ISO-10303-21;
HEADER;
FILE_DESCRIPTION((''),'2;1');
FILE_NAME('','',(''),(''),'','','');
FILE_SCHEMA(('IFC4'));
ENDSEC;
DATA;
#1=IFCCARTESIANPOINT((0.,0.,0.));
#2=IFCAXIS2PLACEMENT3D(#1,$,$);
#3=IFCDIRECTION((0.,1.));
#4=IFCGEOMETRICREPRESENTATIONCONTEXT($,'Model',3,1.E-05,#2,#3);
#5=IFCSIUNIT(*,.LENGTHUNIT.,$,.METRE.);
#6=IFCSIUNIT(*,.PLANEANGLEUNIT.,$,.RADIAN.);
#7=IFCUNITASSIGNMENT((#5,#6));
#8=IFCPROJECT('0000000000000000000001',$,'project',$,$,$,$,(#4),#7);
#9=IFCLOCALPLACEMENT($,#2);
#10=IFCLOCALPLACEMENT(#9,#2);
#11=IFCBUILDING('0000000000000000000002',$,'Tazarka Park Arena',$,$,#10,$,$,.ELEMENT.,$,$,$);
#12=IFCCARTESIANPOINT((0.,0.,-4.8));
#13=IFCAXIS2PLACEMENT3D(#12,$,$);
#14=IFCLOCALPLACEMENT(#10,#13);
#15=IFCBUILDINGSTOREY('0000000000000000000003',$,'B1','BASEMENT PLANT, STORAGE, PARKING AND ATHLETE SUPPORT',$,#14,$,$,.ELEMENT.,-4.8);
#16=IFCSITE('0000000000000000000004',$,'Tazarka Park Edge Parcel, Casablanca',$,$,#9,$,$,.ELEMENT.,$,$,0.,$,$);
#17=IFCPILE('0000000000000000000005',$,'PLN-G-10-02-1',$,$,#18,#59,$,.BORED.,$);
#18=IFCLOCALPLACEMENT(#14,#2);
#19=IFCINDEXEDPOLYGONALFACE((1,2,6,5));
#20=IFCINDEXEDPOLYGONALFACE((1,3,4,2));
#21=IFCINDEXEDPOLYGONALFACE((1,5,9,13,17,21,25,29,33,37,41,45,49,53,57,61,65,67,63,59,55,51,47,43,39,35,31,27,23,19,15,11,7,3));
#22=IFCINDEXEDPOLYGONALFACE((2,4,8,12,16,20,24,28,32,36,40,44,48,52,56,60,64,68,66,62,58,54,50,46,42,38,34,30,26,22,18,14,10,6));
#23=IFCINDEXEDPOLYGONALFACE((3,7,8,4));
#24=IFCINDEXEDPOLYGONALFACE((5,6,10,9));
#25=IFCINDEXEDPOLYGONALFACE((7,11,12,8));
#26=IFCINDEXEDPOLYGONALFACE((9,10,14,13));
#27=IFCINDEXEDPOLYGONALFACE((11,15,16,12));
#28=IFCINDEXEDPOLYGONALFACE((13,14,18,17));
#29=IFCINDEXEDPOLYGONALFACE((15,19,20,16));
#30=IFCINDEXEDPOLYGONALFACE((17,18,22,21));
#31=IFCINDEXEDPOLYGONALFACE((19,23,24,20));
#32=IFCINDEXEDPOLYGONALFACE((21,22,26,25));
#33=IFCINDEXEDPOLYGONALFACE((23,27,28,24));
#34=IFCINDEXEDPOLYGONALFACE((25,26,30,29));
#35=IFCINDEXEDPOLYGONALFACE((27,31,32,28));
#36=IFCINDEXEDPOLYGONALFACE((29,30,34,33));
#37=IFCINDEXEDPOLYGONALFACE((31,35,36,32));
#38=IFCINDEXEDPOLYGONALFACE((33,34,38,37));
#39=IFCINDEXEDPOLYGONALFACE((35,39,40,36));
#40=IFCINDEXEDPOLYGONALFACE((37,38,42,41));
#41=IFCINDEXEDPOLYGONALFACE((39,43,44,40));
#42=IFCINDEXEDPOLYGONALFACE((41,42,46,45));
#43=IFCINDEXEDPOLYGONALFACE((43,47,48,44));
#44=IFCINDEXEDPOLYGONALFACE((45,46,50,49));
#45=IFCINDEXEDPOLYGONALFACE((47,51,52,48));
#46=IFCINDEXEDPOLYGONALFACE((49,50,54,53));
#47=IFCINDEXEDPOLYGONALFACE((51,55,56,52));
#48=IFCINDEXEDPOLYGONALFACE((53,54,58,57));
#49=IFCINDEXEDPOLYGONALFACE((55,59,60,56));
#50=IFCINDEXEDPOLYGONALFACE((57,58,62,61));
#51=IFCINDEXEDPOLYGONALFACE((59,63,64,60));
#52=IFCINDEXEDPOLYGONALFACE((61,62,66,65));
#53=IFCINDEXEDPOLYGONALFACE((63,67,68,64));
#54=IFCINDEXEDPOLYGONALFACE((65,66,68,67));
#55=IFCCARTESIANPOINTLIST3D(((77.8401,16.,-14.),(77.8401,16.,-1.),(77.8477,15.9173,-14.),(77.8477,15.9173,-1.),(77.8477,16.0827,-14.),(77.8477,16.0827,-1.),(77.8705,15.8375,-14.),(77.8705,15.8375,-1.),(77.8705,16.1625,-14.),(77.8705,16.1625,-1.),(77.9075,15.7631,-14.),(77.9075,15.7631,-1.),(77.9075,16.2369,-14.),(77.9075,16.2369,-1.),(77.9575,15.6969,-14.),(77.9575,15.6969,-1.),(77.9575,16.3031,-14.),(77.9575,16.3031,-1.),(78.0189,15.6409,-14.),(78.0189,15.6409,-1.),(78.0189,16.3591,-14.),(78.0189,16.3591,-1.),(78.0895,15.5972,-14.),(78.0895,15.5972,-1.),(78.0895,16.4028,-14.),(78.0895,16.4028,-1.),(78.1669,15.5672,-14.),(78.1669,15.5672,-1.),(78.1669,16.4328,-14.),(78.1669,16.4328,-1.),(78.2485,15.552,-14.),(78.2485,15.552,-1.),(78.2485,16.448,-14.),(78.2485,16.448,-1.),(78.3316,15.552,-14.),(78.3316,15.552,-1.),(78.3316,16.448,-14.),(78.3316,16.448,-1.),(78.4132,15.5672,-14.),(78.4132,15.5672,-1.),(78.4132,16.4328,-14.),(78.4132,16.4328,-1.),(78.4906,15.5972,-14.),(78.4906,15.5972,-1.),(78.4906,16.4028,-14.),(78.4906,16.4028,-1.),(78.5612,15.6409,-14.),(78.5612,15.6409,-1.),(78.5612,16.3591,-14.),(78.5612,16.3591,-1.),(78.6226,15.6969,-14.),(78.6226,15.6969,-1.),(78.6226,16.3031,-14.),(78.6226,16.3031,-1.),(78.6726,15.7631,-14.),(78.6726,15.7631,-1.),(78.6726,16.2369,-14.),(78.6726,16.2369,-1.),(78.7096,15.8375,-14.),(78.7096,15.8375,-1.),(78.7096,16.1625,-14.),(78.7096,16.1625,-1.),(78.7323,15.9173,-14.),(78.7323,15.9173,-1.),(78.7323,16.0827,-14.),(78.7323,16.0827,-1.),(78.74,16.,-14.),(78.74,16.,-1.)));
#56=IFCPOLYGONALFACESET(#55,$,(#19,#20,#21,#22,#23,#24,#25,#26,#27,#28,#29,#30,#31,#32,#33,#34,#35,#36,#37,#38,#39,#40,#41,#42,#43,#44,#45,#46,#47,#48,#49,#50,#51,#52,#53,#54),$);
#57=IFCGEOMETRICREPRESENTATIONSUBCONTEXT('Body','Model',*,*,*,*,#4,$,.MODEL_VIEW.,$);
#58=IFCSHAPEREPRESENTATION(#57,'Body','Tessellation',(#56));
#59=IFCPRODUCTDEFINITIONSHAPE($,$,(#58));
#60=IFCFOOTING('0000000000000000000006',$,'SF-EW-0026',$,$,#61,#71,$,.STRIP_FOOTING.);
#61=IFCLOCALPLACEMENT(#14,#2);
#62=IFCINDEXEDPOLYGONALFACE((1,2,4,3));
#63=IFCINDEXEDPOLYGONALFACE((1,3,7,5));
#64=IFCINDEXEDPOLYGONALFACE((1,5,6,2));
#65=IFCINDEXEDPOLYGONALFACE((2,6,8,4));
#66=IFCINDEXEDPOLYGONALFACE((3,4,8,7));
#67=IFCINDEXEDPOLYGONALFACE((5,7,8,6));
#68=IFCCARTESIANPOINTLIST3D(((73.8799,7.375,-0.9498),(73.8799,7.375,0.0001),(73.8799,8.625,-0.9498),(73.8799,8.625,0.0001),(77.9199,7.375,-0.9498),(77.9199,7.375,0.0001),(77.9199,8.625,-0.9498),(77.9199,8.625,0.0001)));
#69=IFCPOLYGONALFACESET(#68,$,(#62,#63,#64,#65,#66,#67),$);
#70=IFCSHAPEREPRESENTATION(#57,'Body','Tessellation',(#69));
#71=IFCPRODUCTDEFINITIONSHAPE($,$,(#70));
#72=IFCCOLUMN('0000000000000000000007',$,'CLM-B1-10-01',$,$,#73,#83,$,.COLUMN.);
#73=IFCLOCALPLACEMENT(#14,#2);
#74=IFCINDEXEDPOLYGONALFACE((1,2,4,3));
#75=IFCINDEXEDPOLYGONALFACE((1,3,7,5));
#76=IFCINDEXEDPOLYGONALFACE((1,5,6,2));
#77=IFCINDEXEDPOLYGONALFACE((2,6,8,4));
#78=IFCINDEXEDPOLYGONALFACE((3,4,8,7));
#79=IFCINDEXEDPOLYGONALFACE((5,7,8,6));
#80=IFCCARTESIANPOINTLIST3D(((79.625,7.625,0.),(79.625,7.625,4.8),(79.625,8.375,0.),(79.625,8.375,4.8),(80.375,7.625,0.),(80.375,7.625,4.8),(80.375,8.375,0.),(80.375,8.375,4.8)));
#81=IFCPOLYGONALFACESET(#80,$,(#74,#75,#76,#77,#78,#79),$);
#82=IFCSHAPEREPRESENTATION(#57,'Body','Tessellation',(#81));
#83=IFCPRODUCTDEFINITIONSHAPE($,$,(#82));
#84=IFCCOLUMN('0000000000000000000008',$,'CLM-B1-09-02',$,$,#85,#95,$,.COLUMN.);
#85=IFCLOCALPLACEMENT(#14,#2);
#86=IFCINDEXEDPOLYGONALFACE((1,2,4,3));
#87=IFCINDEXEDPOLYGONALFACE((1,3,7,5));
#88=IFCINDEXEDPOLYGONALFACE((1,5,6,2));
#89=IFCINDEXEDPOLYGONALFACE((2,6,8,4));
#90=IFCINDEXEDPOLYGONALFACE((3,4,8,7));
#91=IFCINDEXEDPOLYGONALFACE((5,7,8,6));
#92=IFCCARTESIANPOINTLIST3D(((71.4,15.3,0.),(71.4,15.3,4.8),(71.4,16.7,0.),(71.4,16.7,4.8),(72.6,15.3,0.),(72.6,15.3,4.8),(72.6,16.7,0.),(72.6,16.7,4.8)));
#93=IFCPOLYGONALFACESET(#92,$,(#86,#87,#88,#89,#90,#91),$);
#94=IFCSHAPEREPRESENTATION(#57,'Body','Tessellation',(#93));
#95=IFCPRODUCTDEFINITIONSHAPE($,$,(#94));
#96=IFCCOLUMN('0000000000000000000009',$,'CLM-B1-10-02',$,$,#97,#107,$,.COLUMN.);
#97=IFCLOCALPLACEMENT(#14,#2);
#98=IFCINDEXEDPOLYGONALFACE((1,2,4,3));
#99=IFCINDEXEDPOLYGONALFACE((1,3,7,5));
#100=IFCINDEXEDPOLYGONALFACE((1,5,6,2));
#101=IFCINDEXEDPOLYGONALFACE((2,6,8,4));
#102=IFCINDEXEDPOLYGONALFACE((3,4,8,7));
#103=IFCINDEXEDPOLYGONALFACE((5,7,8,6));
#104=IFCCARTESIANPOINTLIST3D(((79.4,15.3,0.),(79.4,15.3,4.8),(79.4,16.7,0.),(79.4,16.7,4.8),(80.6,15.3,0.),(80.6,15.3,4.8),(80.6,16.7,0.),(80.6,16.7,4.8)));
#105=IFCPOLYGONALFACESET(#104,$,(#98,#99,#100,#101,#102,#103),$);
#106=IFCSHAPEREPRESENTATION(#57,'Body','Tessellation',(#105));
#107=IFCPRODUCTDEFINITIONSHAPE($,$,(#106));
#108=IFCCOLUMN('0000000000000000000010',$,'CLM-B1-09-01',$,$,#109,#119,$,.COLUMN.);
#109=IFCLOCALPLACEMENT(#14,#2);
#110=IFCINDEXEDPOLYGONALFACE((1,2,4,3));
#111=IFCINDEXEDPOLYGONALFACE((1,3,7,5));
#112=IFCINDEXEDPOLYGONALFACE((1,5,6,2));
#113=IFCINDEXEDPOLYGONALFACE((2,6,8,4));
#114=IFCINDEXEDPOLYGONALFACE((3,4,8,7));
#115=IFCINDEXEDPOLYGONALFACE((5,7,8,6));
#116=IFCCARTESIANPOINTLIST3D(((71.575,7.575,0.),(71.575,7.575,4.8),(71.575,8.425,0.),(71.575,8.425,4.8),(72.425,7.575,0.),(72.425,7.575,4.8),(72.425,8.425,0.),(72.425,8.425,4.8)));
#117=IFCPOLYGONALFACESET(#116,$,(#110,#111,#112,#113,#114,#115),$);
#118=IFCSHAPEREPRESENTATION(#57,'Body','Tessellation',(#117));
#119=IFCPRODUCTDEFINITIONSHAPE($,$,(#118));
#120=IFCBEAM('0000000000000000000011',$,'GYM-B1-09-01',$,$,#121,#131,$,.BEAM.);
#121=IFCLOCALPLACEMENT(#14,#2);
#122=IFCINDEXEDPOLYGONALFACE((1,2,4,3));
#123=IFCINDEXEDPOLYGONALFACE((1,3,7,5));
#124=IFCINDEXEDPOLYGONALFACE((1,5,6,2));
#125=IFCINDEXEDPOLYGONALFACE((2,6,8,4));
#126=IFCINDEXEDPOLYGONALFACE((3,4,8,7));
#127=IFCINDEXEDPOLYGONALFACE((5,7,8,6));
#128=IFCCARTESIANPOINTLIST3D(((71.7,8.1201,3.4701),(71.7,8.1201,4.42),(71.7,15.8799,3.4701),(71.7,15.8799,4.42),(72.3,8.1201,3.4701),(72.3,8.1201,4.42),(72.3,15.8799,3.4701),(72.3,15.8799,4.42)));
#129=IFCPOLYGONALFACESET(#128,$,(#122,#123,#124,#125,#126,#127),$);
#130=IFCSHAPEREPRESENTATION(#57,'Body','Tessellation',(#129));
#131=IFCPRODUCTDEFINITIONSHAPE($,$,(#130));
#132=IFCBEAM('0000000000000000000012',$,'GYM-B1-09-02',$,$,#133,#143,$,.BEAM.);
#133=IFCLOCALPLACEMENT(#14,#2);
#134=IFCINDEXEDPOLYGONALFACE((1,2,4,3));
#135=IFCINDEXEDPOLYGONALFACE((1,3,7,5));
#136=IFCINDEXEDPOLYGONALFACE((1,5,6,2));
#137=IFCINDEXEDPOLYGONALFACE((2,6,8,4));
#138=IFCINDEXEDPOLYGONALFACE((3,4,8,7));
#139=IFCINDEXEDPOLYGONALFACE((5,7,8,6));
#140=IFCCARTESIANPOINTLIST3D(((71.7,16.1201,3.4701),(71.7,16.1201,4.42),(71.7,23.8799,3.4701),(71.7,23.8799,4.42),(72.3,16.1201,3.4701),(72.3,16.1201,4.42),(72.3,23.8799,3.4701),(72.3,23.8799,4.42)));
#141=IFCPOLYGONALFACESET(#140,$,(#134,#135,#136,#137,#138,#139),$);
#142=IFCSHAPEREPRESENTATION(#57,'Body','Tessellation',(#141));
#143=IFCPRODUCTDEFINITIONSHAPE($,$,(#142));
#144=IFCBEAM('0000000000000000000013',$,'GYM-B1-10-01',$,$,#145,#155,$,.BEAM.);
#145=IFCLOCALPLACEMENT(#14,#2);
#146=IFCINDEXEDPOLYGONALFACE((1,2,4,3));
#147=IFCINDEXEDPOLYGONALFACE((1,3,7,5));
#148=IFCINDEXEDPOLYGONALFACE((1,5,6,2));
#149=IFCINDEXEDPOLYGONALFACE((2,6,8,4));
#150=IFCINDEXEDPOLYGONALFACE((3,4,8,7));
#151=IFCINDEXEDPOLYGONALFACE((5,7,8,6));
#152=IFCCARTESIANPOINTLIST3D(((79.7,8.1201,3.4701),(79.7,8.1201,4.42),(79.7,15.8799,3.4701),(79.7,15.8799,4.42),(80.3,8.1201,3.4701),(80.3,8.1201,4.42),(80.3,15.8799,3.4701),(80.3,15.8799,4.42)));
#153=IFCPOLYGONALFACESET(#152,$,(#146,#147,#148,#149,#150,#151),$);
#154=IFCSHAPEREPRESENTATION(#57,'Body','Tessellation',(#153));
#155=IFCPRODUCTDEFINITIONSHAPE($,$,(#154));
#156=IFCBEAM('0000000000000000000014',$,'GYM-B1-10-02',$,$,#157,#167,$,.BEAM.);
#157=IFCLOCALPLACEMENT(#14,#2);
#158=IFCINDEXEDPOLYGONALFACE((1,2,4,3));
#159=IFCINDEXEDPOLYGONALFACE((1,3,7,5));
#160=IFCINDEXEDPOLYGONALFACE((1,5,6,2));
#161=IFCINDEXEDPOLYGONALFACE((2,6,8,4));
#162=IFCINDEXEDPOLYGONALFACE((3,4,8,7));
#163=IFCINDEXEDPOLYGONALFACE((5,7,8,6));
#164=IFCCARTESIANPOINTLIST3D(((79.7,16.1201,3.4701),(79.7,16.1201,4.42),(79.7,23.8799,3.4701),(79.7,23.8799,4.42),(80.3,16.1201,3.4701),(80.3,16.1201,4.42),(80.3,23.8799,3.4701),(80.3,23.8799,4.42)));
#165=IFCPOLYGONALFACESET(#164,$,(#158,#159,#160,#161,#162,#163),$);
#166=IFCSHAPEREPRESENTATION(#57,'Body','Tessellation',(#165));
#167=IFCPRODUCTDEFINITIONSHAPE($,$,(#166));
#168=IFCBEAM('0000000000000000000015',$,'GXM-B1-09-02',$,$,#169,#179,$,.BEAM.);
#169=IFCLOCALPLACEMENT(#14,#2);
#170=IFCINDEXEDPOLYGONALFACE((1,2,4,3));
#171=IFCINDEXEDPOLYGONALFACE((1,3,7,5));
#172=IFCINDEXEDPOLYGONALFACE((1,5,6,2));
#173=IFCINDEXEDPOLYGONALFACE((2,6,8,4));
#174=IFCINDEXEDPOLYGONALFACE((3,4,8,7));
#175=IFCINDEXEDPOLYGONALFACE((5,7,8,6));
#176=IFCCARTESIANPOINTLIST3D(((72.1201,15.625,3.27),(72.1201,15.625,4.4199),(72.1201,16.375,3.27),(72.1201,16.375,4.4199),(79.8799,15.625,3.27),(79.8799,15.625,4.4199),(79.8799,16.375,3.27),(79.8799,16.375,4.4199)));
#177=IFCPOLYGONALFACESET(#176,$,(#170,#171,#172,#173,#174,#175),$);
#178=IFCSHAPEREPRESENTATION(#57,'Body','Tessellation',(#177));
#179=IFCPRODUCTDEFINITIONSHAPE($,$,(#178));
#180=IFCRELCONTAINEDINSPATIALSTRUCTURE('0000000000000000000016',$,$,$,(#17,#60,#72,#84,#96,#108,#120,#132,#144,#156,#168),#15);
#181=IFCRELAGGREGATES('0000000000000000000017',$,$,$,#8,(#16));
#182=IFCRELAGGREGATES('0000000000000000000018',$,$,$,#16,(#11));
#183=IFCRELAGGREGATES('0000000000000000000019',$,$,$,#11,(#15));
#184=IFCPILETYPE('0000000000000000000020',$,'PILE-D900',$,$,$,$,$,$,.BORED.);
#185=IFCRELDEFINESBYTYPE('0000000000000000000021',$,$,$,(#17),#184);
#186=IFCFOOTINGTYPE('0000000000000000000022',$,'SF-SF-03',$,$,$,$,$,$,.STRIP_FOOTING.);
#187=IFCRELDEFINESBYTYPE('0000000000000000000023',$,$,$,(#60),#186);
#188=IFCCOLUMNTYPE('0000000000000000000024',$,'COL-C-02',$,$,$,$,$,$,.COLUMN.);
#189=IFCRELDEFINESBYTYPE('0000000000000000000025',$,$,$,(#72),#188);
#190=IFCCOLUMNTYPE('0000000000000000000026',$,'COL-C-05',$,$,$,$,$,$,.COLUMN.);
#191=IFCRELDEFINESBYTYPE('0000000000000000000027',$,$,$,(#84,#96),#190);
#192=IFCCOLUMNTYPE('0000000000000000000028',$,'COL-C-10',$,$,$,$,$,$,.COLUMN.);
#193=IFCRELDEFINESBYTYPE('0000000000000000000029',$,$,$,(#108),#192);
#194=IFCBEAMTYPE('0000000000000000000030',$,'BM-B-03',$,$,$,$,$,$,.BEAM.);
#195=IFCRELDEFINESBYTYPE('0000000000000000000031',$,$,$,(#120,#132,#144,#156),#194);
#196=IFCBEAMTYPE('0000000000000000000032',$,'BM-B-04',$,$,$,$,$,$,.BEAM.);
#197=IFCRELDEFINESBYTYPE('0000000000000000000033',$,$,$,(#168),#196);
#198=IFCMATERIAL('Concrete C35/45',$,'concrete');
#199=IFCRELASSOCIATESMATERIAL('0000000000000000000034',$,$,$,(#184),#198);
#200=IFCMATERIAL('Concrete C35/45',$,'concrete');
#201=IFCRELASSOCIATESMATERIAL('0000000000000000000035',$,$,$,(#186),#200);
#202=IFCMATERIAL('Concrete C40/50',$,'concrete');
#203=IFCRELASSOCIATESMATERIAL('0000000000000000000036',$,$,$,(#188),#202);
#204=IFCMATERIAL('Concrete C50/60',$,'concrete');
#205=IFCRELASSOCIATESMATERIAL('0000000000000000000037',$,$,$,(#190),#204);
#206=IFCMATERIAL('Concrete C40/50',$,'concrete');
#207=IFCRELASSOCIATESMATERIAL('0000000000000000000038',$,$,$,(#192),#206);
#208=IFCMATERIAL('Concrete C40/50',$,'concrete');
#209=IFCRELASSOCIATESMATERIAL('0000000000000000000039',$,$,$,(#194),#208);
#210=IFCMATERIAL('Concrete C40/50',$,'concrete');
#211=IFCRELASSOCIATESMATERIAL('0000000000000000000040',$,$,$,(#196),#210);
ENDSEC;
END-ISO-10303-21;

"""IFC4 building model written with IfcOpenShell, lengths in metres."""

from ifc_helpers import new_model, si_unit, direction, frame, origin, origin_2d, place, context, subcontext, project, spatial, rectangle, circle, extrude, material, material_profile, profile_set, type_object, element, save


model = new_model("IFC4")

# Units and contexts
model_context = context("Model", 3, precision=1e-05, world=origin(), true_north=direction((0.0, 1.0)))
body_context = subcontext(model_context, "Body", "Model", "MODEL_VIEW")
ifc_project = project(units=[si_unit("LENGTHUNIT", "METRE"), si_unit("PLANEANGLEUNIT", "RADIAN")], contexts=[model_context])

# Site, building, storey
site_placement = place(None, origin())
site = spatial("IfcSite", under=ifc_project, at=site_placement, Name="Tazarka Park Edge Parcel, Casablanca", CompositionType="ELEMENT", RefElevation=0.0)
building_placement = place(site_placement, origin())
building = spatial("IfcBuilding", under=site, at=building_placement, Name="Tazarka Park Arena", CompositionType="ELEMENT")
storey_placement = place(building_placement, frame((0.0, 0.0, -4.8)))
storey = spatial("IfcBuildingStorey", under=building, at=storey_placement, Name="B1", Description="BASEMENT PLANT, STORAGE, PARKING AND ATHLETE SUPPORT", CompositionType="ELEMENT", Elevation=-4.8)

# Pile
ifc_material_1 = material(Name="Concrete C35/45", Category="concrete")
ifc_material_profile_1 = material_profile(ifc_material_1, circle(Radius=0.45, at=origin_2d()), Name="Concrete C35/45")
ifc_profile_set_1 = profile_set([ifc_material_profile_1], Name="Concrete C35/45")
pile_type_1 = type_object("IfcPileType", Name="PILE-D900", PredefinedType="BORED", material=ifc_profile_set_1)
pile_placement = place(storey_placement, frame((78.29, 16.0, -1.0), z_axis=(0.0, 0.0, -1.0), x_axis=(1.0, 0.0, 0.0)))
element("IfcPile", 1, at=pile_placement, inside=storey, type_object=pile_type_1, Name="PLN-G-10-02-1", PredefinedType="BORED", context=body_context, shape_type="SweptSolid", body=[
    extrude(circle(Radius=0.45, at=origin_2d()), origin(), (0.0, 0.0, 1.0), 13.0),
])

# Footing
ifc_material_2 = material(Name="Concrete C35/45", Category="concrete")
ifc_material_profile_2 = material_profile(ifc_material_2, rectangle(XDim=1.25, YDim=0.95, at=origin_2d()), Name="Concrete C35/45")
ifc_profile_set_2 = profile_set([ifc_material_profile_2], Name="Concrete C35/45")
footing_type_1 = type_object("IfcFootingType", Name="SF-SF-03", PredefinedType="STRIP_FOOTING", material=ifc_profile_set_2)
footing_1_placement = place(storey_placement, frame((77.9199, 8.0, -0.4749), z_axis=(-1.0, 0.0, 0.0), x_axis=(0.0, -1.0, 0.0)))
element("IfcFooting", 2, at=footing_1_placement, inside=storey, type_object=footing_type_1, Name="SF-EW-0026", PredefinedType="STRIP_FOOTING", context=body_context, shape_type="SweptSolid", body=[
    extrude(rectangle(XDim=1.25, YDim=0.95, at=origin_2d()), origin(), (0.0, 0.0, 1.0), 4.04),
])

# Columns
ifc_material_3 = material(Name="Concrete C40/50", Category="concrete")
ifc_material_profile_3 = material_profile(ifc_material_3, rectangle(XDim=0.75, YDim=0.75, at=origin_2d()), Name="Concrete C40/50")
ifc_profile_set_3 = profile_set([ifc_material_profile_3], Name="Concrete C40/50")
column_type_1 = type_object("IfcColumnType", Name="COL-C-02", PredefinedType="COLUMN", material=ifc_profile_set_3)
column_1_placement = place(storey_placement, frame((80.0, 8.0, 0.0), z_axis=(0.0, 0.0, 1.0), x_axis=(1.0, 0.0, 0.0)))
element("IfcColumn", 3, at=column_1_placement, inside=storey, type_object=column_type_1, Name="CLM-B1-10-01", PredefinedType="COLUMN", context=body_context, shape_type="SweptSolid", body=[
    extrude(rectangle(XDim=0.75, YDim=0.75, at=origin_2d()), origin(), (0.0, 0.0, 1.0), 4.8),
])
ifc_material_4 = material(Name="Concrete C50/60", Category="concrete")
ifc_material_profile_4 = material_profile(ifc_material_4, rectangle(XDim=1.2, YDim=1.3999, at=origin_2d()), Name="Concrete C50/60")
ifc_profile_set_4 = profile_set([ifc_material_profile_4], Name="Concrete C50/60")
column_type_2 = type_object("IfcColumnType", Name="COL-C-05", PredefinedType="COLUMN", material=ifc_profile_set_4)
for number, where, z_axis, x_axis, name in (
    (4, (72.0, 16.0, 0.0), (0.0, 0.0, 1.0), (1.0, 0.0, 0.0), "CLM-B1-09-02"),
    (5, (80.0, 16.0, 0.0), (0.0, 0.0, 1.0), (1.0, 0.0, 0.0), "CLM-B1-10-02"),
):
    element("IfcColumn", number, at=place(storey_placement, frame(where, z_axis=z_axis, x_axis=x_axis)), inside=storey, type_object=column_type_2, Name=name, PredefinedType="COLUMN", context=body_context, shape_type="SweptSolid", body=[
        extrude(rectangle(XDim=1.2, YDim=1.3999, at=origin_2d()), origin(), (0.0, 0.0, 1.0), 4.8),
    ])
ifc_material_5 = material(Name="Concrete C40/50", Category="concrete")
ifc_material_profile_5 = material_profile(ifc_material_5, rectangle(XDim=0.8501, YDim=0.8501, at=origin_2d()), Name="Concrete C40/50")
ifc_profile_set_5 = profile_set([ifc_material_profile_5], Name="Concrete C40/50")
column_type_3 = type_object("IfcColumnType", Name="COL-C-10", PredefinedType="COLUMN", material=ifc_profile_set_5)
column_2_placement = place(storey_placement, frame((72.0, 8.0, 0.0), z_axis=(0.0, 0.0, 1.0), x_axis=(1.0, 0.0, 0.0)))
element("IfcColumn", 6, at=column_2_placement, inside=storey, type_object=column_type_3, Name="CLM-B1-09-01", PredefinedType="COLUMN", context=body_context, shape_type="SweptSolid", body=[
    extrude(rectangle(XDim=0.8501, YDim=0.8501, at=origin_2d()), origin(), (0.0, 0.0, 1.0), 4.8),
])

# Beams
ifc_material_6 = material(Name="Concrete C40/50", Category="concrete")
ifc_material_profile_6 = material_profile(ifc_material_6, rectangle(XDim=0.6001, YDim=0.95, at=origin_2d()), Name="Concrete C40/50")
ifc_profile_set_6 = profile_set([ifc_material_profile_6], Name="Concrete C40/50")
beam_type_1 = type_object("IfcBeamType", Name="BM-B-03", PredefinedType="BEAM", material=ifc_profile_set_6)
for number, where, z_axis, x_axis, name in (
    (7, (72.0, 8.1201, 3.9451), (0.0, 1.0, 0.0), (-1.0, 0.0, 0.0), "GYM-B1-09-01"),
    (8, (72.0, 16.1201, 3.9451), (0.0, 1.0, 0.0), (-1.0, 0.0, 0.0), "GYM-B1-09-02"),
    (9, (80.0, 8.1201, 3.9451), (0.0, 1.0, 0.0), (-1.0, 0.0, 0.0), "GYM-B1-10-01"),
    (10, (80.0, 16.1201, 3.9451), (0.0, 1.0, 0.0), (-1.0, 0.0, 0.0), "GYM-B1-10-02"),
):
    element("IfcBeam", number, at=place(storey_placement, frame(where, z_axis=z_axis, x_axis=x_axis)), inside=storey, type_object=beam_type_1, Name=name, PredefinedType="BEAM", context=body_context, shape_type="SweptSolid", body=[
        extrude(rectangle(XDim=0.6001, YDim=0.95, at=origin_2d()), origin(), (0.0, 0.0, 1.0), 7.7598),
    ])
ifc_material_7 = material(Name="Concrete C40/50", Category="concrete")
ifc_material_profile_7 = material_profile(ifc_material_7, rectangle(XDim=0.75, YDim=1.1499, at=origin_2d()), Name="Concrete C40/50")
ifc_profile_set_7 = profile_set([ifc_material_profile_7], Name="Concrete C40/50")
beam_type_2 = type_object("IfcBeamType", Name="BM-B-04", PredefinedType="BEAM", material=ifc_profile_set_7)
beam_1_placement = place(storey_placement, frame((72.1201, 16.0, 3.845), z_axis=(1.0, 0.0, 0.0), x_axis=(0.0, 1.0, 0.0)))
element("IfcBeam", 11, at=beam_1_placement, inside=storey, type_object=beam_type_2, Name="GXM-B1-09-02", PredefinedType="BEAM", context=body_context, shape_type="SweptSolid", body=[
    extrude(rectangle(XDim=0.75, YDim=1.1499, at=origin_2d()), origin(), (0.0, 0.0, 1.0), 7.7598),
])

save(model, "model.ifc")
